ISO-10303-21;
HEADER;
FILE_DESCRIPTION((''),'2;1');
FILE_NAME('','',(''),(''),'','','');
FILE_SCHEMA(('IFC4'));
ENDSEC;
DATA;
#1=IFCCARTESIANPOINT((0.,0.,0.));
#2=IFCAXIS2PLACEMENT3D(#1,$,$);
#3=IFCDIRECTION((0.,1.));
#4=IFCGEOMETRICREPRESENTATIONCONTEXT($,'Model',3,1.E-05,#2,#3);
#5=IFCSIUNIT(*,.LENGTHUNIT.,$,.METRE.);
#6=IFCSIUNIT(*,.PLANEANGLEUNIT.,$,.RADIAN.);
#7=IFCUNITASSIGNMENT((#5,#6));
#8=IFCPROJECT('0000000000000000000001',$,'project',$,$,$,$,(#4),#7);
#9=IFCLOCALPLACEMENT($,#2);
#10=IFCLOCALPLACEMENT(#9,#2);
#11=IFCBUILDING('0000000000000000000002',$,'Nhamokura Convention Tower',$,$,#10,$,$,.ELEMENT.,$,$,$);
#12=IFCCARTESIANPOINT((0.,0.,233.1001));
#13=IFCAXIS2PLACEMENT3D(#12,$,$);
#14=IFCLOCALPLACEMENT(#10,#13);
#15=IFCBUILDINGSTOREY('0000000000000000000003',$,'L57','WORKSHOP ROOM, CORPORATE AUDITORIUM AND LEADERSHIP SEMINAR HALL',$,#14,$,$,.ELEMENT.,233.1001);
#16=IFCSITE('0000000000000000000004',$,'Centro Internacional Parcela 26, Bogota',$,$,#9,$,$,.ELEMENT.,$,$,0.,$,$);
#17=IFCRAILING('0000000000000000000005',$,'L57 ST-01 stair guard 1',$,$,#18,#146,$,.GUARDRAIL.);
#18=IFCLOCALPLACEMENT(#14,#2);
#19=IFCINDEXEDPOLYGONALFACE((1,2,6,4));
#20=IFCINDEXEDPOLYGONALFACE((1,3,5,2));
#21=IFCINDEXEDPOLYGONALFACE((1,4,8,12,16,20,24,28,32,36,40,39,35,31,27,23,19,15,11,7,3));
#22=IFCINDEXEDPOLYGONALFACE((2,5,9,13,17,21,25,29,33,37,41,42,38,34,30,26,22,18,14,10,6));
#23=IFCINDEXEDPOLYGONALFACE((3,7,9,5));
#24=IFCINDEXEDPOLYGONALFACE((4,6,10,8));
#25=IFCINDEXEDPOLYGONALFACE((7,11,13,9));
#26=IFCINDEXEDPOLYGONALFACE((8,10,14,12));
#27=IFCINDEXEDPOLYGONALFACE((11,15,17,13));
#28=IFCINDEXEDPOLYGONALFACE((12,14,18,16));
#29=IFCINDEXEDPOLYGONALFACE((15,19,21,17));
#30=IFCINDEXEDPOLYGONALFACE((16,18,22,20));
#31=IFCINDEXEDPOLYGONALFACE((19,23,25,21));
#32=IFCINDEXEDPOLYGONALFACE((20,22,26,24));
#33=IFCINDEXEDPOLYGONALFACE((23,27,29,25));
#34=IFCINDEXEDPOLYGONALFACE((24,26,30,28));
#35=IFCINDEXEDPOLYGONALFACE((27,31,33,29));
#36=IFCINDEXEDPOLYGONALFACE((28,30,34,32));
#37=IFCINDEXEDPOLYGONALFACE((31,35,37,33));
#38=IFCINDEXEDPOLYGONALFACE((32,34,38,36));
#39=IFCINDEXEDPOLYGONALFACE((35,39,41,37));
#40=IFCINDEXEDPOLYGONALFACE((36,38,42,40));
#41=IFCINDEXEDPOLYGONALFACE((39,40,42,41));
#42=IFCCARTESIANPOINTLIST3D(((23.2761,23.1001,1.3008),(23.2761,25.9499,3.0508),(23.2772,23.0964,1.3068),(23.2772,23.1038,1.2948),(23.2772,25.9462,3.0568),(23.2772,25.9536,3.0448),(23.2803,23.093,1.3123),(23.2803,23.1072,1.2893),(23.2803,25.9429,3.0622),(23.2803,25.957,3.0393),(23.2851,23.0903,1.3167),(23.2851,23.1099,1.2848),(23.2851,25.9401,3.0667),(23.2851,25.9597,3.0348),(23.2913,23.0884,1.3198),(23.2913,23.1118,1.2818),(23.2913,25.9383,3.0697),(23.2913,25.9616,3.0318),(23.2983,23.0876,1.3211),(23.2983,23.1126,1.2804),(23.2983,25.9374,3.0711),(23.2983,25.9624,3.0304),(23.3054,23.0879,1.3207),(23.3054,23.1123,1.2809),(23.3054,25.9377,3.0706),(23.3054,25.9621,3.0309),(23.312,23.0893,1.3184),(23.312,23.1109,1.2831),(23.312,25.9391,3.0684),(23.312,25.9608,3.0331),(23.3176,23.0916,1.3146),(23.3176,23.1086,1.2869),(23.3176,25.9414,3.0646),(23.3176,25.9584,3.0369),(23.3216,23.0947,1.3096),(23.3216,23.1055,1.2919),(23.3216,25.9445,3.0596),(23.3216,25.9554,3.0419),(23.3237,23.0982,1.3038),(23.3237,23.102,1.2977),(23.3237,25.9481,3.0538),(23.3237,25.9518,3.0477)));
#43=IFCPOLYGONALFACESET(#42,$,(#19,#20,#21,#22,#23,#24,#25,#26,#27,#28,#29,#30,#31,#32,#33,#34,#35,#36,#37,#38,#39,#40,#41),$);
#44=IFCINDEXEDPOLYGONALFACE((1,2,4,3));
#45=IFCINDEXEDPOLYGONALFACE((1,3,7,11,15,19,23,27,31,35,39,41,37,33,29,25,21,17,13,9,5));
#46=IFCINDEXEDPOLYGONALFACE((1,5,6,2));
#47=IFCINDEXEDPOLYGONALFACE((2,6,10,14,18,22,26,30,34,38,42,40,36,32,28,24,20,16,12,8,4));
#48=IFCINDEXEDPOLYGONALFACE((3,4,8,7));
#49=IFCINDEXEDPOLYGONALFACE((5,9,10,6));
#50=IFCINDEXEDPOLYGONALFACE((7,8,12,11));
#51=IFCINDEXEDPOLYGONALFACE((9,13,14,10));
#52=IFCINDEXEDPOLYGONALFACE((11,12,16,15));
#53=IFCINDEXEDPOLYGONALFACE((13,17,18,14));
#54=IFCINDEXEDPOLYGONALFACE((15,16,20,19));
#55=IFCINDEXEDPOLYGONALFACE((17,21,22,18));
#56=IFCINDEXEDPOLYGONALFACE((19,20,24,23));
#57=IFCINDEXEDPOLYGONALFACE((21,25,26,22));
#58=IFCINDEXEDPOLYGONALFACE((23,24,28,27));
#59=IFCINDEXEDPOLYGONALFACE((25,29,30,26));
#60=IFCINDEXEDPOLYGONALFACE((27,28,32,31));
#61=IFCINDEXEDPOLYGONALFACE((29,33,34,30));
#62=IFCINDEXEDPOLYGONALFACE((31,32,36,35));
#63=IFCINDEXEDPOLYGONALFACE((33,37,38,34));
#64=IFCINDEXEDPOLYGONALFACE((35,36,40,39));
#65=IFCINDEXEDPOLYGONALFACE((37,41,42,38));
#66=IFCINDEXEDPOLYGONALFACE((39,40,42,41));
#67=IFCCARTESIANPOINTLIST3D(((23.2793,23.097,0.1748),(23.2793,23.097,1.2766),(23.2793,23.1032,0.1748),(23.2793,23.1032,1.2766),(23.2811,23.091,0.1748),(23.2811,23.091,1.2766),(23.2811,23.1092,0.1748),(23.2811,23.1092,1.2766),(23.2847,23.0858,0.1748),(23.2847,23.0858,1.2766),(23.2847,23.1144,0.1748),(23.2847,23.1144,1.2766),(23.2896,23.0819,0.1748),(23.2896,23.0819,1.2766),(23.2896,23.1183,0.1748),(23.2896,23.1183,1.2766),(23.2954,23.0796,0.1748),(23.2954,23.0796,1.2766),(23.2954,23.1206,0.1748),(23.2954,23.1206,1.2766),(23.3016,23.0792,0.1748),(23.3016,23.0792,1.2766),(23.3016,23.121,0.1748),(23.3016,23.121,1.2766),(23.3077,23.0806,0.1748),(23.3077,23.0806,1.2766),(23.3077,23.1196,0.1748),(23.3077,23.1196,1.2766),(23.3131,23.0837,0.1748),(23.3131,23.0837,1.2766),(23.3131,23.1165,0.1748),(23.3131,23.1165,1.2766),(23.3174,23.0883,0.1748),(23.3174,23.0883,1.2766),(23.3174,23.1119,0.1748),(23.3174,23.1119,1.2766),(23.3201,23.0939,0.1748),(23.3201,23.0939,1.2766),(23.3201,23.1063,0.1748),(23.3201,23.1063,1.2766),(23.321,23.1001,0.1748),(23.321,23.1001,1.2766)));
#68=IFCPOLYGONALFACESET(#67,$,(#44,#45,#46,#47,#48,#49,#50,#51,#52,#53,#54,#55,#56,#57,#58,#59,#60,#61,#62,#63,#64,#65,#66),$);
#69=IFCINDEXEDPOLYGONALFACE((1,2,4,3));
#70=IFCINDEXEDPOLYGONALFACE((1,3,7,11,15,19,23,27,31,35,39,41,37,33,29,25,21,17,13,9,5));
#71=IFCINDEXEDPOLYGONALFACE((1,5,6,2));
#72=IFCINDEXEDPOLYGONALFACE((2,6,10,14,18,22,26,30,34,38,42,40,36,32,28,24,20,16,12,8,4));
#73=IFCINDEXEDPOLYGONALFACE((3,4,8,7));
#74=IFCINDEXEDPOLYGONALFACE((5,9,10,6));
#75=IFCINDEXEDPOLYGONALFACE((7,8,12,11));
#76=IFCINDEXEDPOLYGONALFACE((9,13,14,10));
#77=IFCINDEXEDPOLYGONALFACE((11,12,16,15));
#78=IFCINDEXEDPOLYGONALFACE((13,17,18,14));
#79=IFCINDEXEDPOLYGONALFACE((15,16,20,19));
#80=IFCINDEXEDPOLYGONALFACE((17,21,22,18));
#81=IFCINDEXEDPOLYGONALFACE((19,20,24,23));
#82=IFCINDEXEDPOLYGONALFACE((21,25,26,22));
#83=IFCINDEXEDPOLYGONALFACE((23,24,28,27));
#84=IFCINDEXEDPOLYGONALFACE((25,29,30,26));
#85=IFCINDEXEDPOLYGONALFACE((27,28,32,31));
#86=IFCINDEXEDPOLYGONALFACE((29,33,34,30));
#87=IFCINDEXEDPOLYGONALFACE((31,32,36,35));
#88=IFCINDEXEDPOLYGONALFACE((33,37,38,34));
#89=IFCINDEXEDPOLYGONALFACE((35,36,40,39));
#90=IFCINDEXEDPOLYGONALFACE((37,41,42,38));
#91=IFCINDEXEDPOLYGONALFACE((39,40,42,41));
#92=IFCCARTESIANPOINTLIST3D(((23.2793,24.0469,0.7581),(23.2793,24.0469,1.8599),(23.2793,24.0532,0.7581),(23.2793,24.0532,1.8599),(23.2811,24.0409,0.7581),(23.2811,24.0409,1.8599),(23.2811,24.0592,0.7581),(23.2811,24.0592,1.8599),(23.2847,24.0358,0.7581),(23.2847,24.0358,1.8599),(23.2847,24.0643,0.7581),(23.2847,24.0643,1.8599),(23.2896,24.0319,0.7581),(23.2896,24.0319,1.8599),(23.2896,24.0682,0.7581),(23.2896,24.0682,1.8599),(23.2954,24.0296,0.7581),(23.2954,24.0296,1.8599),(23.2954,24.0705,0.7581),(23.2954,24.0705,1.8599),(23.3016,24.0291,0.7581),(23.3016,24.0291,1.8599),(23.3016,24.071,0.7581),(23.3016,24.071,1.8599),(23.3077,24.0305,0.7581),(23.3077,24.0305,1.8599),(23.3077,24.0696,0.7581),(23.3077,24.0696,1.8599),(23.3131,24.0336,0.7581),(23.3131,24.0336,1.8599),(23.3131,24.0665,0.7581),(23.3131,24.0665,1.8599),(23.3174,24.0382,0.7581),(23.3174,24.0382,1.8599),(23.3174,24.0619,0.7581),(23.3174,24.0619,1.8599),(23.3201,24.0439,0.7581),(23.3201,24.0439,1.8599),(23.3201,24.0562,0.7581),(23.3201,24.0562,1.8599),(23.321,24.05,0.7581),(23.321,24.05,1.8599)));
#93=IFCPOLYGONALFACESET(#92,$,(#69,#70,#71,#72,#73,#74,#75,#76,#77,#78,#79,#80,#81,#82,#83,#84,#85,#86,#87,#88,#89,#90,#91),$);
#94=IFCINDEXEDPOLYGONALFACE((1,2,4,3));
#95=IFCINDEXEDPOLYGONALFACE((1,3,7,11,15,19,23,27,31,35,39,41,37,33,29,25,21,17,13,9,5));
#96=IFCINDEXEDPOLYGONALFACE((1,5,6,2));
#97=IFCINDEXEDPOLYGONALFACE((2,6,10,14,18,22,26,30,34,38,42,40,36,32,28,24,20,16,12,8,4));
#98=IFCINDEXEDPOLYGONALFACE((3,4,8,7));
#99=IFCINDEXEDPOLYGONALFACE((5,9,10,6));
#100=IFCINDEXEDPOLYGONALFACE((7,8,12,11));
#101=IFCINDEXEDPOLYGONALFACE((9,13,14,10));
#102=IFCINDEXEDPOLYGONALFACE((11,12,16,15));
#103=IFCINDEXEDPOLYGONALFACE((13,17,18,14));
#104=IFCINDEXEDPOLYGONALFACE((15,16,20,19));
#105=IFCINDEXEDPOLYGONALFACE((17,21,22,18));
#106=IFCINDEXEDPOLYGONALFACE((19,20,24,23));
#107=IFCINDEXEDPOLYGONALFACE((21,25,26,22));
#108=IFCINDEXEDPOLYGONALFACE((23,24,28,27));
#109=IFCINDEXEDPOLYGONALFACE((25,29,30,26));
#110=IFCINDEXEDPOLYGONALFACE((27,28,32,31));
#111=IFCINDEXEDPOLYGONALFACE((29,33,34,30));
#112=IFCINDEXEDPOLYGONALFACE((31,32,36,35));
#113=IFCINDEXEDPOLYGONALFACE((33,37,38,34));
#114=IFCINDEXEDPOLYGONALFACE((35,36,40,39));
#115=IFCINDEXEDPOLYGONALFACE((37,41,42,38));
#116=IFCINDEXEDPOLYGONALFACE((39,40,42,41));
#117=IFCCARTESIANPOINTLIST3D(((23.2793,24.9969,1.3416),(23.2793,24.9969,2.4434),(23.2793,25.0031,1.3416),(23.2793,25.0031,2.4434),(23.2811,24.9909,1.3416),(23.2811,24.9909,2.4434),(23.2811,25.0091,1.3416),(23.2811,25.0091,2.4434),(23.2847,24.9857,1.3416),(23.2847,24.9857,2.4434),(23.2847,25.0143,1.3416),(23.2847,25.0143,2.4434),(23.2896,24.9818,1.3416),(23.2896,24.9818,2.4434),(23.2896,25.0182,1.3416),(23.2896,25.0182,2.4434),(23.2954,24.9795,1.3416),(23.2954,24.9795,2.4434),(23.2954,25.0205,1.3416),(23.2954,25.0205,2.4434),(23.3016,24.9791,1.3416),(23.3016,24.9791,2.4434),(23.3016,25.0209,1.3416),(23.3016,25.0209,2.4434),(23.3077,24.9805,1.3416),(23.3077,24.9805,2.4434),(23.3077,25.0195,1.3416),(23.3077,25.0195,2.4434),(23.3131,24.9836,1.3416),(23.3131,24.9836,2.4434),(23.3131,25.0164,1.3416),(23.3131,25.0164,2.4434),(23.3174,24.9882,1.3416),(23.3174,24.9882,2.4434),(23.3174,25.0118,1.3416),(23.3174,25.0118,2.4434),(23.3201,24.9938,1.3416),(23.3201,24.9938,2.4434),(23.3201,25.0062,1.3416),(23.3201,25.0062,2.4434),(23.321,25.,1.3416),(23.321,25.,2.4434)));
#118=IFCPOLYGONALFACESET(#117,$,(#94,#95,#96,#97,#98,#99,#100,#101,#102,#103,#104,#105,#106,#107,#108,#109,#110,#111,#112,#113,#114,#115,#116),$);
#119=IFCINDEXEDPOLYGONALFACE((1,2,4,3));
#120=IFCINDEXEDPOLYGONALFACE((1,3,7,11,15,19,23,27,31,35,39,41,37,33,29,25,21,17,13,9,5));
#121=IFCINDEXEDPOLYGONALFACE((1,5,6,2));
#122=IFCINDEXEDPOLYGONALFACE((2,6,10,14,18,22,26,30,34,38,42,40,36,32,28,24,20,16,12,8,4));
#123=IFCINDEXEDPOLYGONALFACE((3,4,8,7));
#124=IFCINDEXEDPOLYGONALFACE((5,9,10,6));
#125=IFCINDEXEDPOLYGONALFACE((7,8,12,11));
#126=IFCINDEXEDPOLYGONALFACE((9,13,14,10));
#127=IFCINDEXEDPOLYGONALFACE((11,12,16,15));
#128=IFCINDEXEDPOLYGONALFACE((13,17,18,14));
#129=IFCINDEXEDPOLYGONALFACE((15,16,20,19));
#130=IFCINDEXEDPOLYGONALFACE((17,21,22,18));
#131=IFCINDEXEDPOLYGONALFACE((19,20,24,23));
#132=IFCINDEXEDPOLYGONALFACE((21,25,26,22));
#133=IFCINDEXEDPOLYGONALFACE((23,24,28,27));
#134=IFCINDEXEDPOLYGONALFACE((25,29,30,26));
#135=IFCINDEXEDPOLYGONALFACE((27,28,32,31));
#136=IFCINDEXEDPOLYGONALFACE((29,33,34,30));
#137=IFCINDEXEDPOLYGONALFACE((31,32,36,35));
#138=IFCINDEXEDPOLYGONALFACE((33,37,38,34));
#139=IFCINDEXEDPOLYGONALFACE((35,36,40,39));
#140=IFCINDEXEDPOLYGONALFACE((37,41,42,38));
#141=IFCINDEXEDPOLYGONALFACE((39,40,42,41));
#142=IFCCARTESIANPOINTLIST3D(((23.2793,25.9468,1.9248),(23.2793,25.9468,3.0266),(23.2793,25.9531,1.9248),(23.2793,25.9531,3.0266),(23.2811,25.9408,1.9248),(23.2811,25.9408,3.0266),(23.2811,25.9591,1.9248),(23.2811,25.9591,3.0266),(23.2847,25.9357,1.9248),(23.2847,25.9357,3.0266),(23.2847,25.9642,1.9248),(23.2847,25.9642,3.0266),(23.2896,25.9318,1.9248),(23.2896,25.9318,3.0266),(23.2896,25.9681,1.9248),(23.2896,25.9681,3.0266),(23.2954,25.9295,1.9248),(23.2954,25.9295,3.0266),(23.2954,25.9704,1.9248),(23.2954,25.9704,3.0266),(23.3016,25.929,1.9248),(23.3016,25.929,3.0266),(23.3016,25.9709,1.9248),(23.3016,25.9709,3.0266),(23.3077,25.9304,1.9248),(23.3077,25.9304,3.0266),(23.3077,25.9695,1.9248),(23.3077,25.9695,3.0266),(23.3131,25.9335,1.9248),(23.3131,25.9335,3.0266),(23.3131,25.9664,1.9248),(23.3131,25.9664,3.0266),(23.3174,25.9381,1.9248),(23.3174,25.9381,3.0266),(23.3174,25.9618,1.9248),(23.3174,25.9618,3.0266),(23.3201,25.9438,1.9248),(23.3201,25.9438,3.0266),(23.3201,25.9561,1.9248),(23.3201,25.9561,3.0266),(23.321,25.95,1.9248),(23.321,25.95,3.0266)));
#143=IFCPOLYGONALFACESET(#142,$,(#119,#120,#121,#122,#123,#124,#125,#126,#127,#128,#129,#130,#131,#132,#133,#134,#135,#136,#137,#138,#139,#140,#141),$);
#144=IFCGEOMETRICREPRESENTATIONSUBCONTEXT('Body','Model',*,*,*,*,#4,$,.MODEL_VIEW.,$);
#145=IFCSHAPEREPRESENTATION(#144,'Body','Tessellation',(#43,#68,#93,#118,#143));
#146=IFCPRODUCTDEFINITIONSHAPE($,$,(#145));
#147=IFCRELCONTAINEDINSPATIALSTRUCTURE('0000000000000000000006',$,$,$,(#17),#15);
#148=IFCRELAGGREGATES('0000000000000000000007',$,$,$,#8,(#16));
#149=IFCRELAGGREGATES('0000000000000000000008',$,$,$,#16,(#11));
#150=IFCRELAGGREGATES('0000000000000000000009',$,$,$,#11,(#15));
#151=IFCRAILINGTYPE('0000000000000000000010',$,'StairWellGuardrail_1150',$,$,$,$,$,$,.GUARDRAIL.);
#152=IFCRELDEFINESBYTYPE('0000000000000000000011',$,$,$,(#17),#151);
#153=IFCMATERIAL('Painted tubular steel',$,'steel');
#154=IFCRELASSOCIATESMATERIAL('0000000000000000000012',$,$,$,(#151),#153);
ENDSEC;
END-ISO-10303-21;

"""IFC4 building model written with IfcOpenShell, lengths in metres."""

from ifc_helpers import new_model, si_unit, direction, frame, origin, origin_2d, place, context, subcontext, project, spatial, circle, extrude, material, type_object, element, save


model = new_model("IFC4")

# Units and contexts
model_context = context("Model", 3, precision=1e-05, world=origin(), true_north=direction((0.0, 1.0)))
body_context = subcontext(model_context, "Body", "Model", "MODEL_VIEW")
ifc_project = project(units=[si_unit("LENGTHUNIT", "METRE"), si_unit("PLANEANGLEUNIT", "RADIAN")], contexts=[model_context])

# Site, building, storey
site_placement = place(None, origin())
site = spatial("IfcSite", under=ifc_project, at=site_placement, Name="Centro Internacional Parcela 26, Bogota", CompositionType="ELEMENT", RefElevation=0.0)
building_placement = place(site_placement, origin())
building = spatial("IfcBuilding", under=site, at=building_placement, Name="Nhamokura Convention Tower", CompositionType="ELEMENT")
storey_placement = place(building_placement, frame((0.0, 0.0, 233.1001)))
storey = spatial("IfcBuildingStorey", under=building, at=storey_placement, Name="L57", Description="WORKSHOP ROOM, CORPORATE AUDITORIUM AND LEADERSHIP SEMINAR HALL", CompositionType="ELEMENT", Elevation=233.1001)

# Railing
ifc_material_1 = material(Name="Painted tubular steel", Category="steel")
railing_type_1 = type_object("IfcRailingType", Name="StairWellGuardrail_1150", PredefinedType="GUARDRAIL", material=ifc_material_1)
railing_1_placement = place(storey_placement, frame((23.3, 23.1001, 0.1748)))
element("IfcRailing", 1, at=railing_1_placement, inside=storey, type_object=railing_type_1, Name="L57 ST-01 stair guard 1", PredefinedType="GUARDRAIL", context=body_context, shape_type="SweptSolid", body=[
    extrude(circle(Radius=0.0239, at=origin_2d()), frame((0.0, 0.0, 1.126), z_axis=(0.0, 0.852159, 0.523283), x_axis=(-1.0, 0.0, 0.0)), (0.0, 0.0, 1.0), 3.3442),
    extrude(circle(Radius=0.021, at=origin_2d()), origin(), (0.0, 0.0, 1.0), 1.1018),
    extrude(circle(Radius=0.021, at=origin_2d()), frame((0.0, 0.95, 0.5833)), (0.0, 0.0, 1.0), 1.1018),
    extrude(circle(Radius=0.021, at=origin_2d()), frame((0.0, 1.8999, 1.1667)), (0.0, 0.0, 1.0), 1.1018),
    extrude(circle(Radius=0.021, at=origin_2d()), frame((0.0, 2.8499, 1.75)), (0.0, 0.0, 1.0), 1.1018),
])

save(model, "model.ifc")
